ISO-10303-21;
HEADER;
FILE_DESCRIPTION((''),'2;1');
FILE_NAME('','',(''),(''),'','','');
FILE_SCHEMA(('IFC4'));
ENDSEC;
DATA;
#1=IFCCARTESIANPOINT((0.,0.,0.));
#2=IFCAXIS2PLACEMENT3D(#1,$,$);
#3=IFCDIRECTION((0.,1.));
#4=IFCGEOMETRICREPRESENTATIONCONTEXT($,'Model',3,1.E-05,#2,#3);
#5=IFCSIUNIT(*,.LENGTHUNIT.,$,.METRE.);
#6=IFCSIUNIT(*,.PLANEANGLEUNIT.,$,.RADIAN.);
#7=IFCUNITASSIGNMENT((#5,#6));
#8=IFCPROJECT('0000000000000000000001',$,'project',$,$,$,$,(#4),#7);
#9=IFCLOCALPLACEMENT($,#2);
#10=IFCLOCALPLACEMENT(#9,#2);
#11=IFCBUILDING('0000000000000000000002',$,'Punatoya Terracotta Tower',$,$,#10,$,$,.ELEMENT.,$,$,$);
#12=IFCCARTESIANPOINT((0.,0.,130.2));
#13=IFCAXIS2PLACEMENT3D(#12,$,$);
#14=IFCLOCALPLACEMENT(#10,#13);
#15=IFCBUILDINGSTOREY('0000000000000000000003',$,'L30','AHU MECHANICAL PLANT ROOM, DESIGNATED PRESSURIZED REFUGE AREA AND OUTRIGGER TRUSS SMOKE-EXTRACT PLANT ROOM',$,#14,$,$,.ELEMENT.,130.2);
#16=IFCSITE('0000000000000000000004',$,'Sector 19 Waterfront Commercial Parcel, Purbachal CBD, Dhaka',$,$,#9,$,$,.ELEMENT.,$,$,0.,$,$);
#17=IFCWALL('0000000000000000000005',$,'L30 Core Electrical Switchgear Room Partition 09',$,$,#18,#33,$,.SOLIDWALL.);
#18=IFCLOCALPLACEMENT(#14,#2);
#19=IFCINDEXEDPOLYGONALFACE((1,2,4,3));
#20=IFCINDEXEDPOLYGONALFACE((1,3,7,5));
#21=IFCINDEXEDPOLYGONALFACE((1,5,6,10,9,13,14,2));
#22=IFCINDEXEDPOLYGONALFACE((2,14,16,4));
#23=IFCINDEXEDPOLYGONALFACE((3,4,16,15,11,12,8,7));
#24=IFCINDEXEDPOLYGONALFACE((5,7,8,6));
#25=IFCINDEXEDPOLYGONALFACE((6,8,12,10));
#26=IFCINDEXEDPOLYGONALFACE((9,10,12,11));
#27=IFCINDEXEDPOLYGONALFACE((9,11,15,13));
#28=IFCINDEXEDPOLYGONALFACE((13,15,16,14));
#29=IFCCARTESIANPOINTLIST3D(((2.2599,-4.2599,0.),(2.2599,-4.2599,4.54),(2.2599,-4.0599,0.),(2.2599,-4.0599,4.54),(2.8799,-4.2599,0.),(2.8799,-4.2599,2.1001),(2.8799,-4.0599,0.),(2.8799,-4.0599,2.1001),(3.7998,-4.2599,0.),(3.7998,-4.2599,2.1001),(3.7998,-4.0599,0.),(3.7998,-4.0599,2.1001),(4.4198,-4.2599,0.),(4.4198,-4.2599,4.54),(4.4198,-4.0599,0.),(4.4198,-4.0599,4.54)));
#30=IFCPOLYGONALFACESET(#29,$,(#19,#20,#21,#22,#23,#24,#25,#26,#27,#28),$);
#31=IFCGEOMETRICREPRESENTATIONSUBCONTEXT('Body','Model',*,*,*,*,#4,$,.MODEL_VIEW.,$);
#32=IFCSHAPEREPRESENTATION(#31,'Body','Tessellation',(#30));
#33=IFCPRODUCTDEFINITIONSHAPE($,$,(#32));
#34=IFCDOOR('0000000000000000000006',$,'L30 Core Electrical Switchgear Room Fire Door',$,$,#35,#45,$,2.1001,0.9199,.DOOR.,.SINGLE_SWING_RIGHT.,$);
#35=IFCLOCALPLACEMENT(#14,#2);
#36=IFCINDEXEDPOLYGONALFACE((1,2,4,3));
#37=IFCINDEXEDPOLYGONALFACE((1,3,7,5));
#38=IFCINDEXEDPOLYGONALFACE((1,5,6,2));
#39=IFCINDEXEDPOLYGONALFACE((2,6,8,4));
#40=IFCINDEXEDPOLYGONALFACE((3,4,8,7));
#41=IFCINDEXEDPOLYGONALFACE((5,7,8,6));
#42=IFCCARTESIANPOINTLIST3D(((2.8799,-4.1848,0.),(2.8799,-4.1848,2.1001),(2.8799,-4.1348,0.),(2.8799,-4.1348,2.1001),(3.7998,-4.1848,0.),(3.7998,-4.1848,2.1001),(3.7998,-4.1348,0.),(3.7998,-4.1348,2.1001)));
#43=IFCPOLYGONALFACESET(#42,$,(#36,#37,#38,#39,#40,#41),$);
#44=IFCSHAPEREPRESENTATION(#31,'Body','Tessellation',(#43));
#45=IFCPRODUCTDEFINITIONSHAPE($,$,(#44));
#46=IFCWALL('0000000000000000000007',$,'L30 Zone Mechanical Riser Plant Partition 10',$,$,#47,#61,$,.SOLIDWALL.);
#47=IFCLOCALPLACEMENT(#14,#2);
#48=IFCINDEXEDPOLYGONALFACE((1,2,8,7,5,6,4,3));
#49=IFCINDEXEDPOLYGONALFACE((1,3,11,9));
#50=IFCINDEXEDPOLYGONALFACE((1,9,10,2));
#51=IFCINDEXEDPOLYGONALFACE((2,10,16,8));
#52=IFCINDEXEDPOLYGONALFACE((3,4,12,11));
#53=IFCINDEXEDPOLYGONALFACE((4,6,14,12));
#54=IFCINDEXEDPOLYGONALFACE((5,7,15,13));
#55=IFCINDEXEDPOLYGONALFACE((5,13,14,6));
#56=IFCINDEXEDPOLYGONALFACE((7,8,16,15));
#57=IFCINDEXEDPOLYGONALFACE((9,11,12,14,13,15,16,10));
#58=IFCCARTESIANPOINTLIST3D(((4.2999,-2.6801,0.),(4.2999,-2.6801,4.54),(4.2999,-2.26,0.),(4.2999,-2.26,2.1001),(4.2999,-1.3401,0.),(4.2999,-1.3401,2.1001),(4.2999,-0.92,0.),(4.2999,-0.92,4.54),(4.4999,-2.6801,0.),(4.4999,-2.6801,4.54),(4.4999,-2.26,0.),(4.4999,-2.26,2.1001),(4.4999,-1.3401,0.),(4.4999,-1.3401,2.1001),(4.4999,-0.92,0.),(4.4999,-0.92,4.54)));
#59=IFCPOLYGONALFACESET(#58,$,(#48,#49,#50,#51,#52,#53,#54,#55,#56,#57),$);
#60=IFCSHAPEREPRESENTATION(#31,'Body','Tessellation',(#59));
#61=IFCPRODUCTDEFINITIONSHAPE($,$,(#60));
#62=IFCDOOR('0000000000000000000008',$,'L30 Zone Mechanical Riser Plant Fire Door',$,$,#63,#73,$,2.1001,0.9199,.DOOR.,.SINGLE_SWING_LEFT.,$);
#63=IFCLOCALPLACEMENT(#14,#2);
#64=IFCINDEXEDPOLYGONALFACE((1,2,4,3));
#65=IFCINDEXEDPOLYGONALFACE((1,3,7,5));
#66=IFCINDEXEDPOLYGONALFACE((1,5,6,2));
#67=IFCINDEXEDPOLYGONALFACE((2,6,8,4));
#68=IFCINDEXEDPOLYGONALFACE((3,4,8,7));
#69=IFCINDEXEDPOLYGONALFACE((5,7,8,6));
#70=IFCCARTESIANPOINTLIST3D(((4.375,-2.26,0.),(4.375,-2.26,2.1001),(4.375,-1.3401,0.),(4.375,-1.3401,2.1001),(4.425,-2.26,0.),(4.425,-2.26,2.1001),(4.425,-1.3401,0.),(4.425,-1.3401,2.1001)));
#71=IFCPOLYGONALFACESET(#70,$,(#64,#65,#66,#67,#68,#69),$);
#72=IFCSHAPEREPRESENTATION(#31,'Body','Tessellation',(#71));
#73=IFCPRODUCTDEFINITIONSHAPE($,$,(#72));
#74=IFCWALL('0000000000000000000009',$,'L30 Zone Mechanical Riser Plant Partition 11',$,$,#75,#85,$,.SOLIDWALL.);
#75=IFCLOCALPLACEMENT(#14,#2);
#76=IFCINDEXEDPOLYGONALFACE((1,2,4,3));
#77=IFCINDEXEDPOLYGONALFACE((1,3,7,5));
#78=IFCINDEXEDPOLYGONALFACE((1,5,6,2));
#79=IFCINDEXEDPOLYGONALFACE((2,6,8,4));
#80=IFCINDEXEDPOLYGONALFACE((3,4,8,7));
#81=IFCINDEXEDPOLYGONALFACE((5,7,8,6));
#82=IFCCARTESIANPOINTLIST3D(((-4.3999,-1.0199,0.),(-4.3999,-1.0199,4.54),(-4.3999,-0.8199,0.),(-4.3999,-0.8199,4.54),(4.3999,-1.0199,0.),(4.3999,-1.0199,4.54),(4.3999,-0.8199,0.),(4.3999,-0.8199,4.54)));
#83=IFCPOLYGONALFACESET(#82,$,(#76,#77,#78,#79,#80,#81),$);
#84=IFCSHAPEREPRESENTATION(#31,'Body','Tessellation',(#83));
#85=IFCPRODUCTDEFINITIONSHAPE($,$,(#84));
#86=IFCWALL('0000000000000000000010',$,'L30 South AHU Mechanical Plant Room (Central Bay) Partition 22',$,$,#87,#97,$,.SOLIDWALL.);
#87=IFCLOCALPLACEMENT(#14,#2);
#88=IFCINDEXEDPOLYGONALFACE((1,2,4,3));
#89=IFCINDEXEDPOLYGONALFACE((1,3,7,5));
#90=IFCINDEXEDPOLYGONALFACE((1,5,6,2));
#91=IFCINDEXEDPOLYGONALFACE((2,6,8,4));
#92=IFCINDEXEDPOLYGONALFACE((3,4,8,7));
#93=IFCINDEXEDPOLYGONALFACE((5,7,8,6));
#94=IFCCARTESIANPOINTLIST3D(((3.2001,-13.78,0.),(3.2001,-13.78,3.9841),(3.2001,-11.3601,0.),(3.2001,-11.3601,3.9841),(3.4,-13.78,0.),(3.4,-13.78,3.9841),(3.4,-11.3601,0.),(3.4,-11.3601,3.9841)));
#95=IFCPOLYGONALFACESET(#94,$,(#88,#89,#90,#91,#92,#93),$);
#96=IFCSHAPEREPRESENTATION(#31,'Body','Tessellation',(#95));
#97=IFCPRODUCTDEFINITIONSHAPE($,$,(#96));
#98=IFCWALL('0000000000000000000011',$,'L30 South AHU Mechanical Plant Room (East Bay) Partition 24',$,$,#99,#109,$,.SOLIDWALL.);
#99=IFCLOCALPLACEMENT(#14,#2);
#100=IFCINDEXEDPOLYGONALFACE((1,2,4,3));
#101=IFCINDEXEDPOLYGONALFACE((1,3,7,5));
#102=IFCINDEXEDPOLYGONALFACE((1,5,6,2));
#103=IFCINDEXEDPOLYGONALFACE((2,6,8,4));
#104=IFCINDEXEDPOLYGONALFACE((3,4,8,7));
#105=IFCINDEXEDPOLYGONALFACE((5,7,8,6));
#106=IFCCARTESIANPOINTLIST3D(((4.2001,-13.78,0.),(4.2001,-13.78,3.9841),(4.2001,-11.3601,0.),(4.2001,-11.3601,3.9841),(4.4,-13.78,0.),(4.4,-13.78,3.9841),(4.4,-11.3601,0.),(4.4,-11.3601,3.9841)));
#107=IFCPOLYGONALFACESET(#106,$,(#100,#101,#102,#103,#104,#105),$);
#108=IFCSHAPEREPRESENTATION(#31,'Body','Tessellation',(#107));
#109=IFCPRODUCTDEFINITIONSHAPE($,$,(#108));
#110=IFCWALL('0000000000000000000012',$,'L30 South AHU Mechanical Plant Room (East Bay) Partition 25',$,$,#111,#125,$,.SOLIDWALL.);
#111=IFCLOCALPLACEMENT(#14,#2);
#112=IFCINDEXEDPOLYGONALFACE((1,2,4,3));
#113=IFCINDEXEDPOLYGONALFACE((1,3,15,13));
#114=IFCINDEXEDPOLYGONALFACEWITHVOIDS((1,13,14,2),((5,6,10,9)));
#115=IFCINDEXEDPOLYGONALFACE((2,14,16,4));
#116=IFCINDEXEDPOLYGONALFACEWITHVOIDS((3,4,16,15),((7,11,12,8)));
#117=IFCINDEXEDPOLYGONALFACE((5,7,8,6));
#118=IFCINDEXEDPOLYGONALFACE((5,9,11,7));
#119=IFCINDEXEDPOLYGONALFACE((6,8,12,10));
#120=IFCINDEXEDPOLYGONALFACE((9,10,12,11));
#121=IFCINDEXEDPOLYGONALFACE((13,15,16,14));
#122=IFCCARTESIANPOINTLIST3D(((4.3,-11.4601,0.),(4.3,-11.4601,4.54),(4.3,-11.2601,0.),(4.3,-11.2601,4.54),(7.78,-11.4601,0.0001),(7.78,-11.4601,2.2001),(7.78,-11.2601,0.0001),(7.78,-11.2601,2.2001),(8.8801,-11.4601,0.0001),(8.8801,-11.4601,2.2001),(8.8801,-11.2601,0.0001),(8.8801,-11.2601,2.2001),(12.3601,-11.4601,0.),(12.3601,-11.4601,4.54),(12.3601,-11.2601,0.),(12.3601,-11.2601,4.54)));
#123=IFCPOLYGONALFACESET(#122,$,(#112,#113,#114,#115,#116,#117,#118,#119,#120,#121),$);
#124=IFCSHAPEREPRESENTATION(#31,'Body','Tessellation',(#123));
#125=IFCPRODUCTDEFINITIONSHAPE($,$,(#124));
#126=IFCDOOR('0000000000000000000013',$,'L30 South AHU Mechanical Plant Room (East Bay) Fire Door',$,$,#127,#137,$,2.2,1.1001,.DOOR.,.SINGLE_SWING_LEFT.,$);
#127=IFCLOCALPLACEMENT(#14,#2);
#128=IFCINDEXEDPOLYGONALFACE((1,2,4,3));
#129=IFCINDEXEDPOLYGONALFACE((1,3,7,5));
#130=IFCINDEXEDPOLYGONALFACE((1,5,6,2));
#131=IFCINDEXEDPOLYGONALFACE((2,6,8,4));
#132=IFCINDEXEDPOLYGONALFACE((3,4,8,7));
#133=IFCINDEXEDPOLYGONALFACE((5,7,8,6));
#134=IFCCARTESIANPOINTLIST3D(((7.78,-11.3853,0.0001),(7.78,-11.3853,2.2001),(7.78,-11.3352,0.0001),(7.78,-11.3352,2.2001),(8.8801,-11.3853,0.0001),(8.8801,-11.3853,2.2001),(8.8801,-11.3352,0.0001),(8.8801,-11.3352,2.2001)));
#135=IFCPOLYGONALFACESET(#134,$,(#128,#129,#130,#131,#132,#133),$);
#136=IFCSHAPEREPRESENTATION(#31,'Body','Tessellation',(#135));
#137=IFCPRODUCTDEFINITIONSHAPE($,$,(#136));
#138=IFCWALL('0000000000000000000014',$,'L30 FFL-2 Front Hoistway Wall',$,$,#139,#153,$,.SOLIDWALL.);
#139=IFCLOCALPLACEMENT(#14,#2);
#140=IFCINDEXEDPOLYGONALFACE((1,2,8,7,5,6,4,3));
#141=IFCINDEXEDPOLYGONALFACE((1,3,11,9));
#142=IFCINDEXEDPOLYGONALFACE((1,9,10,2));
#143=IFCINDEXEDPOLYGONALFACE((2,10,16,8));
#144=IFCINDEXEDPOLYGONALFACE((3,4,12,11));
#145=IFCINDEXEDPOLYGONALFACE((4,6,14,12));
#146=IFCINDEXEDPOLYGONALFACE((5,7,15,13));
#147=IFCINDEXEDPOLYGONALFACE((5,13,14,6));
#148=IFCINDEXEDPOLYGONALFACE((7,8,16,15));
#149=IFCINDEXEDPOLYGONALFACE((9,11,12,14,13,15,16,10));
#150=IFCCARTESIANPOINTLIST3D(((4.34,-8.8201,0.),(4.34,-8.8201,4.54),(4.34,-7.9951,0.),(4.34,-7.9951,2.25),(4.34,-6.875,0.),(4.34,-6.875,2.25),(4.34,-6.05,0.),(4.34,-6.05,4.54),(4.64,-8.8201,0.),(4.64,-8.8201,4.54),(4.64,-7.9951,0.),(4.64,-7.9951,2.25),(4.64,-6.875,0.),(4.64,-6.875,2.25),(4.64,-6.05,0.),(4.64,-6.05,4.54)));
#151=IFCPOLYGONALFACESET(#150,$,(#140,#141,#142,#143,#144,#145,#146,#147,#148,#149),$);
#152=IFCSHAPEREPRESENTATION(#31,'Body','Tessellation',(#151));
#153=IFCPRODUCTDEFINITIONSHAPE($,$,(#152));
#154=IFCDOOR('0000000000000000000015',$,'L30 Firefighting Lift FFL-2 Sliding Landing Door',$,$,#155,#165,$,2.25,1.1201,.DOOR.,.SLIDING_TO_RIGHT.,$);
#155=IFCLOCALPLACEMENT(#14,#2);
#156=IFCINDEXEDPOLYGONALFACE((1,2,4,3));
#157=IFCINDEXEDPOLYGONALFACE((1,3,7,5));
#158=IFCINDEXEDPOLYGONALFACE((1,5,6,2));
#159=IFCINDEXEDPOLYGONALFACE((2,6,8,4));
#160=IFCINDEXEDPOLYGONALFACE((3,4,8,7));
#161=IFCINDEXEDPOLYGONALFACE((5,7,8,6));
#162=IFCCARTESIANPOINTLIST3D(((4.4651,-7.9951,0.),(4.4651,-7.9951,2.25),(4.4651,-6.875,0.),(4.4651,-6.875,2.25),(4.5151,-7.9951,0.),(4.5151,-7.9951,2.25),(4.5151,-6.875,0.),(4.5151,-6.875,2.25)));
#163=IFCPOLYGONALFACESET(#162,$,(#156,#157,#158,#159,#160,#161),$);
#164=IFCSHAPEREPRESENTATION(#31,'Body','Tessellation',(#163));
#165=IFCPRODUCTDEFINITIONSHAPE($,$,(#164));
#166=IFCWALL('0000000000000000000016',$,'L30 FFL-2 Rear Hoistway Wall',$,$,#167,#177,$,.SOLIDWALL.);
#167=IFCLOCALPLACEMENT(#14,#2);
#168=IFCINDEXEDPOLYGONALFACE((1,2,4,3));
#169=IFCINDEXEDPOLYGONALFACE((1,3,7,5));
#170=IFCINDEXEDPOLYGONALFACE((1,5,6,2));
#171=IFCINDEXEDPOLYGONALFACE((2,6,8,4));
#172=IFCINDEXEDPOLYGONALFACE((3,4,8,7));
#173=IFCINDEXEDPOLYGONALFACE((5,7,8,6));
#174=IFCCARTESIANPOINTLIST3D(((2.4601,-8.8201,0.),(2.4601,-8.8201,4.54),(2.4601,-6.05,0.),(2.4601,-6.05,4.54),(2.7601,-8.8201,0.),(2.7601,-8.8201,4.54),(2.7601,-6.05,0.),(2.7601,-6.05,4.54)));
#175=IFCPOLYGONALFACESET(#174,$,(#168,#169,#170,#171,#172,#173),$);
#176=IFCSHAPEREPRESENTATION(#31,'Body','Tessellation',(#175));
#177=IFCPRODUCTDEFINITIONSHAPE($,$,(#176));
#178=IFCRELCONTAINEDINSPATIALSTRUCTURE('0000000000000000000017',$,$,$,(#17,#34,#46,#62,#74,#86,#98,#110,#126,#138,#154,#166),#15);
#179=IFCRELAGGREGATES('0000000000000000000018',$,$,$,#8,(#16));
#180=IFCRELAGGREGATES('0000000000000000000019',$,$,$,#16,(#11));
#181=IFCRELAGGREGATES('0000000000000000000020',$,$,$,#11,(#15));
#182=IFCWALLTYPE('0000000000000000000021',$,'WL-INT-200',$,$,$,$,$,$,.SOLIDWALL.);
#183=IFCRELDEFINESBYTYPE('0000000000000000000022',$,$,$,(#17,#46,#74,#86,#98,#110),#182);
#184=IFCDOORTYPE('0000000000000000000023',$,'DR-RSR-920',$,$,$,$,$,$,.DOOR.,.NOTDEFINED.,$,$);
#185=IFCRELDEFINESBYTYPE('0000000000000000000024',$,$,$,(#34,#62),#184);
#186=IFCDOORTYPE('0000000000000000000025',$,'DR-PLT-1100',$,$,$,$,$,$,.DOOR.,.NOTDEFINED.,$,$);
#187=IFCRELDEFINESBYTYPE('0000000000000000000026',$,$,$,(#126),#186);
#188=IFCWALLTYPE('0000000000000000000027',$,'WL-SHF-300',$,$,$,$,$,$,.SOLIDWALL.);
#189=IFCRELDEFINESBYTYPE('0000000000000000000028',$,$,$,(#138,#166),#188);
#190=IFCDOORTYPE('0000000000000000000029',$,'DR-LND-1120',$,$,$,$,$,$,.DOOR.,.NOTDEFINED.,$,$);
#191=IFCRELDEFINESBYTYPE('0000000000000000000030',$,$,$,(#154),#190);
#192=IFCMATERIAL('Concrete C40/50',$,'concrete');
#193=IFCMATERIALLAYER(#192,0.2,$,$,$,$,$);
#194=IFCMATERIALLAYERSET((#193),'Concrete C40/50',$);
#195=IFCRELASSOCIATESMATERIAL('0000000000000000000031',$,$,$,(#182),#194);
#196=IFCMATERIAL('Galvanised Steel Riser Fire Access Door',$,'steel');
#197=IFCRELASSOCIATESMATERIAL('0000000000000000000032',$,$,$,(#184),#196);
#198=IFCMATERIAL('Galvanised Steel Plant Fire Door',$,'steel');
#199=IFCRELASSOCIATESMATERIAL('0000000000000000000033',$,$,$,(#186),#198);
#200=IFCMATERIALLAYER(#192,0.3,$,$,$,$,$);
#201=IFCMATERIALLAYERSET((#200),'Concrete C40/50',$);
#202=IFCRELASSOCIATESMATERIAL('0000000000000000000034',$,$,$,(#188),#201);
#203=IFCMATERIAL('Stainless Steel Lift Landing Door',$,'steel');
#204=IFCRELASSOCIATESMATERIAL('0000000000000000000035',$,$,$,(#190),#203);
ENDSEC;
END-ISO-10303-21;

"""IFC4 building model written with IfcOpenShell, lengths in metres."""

from ifc_helpers import new_model, si_unit, direction, frame, frame_2d, origin, place, context, subcontext, project, spatial, rectangle, extrude, material, layer, layer_set, type_object, element, fill, save


model = new_model("IFC4")

# Units and contexts
model_context = context("Model", 3, precision=1e-05, world=origin(), true_north=direction((0.0, 1.0)))
body_context = subcontext(model_context, "Body", "Model", "MODEL_VIEW")
ifc_project = project(units=[si_unit("LENGTHUNIT", "METRE"), si_unit("PLANEANGLEUNIT", "RADIAN")], contexts=[model_context])

# Site, building, storey
site_placement = place(None, origin())
site = spatial("IfcSite", under=ifc_project, at=site_placement, Name="Sector 19 Waterfront Commercial Parcel, Purbachal CBD, Dhaka", CompositionType="ELEMENT", RefElevation=0.0)
building_placement = place(site_placement, origin())
building = spatial("IfcBuilding", under=site, at=building_placement, Name="Punatoya Terracotta Tower", CompositionType="ELEMENT")
storey_placement = place(building_placement, frame((0.0, 0.0, 130.2)))
storey = spatial("IfcBuildingStorey", under=building, at=storey_placement, Name="L30", Description="AHU MECHANICAL PLANT ROOM, DESIGNATED PRESSURIZED REFUGE AREA AND OUTRIGGER TRUSS SMOKE-EXTRACT PLANT ROOM", CompositionType="ELEMENT", Elevation=130.2)

# Shared definitions
ifc_material_1 = material(Name="Concrete C40/50", Category="concrete")

# Shared definitions
ifc_layer_1 = layer(ifc_material_1, 0.2)
ifc_layer_set_1 = layer_set([ifc_layer_1], Name="Concrete C40/50")
wall_type_1 = type_object("IfcWallType", Name="WL-INT-200", PredefinedType="SOLIDWALL", material=ifc_layer_set_1)

# Walls, openings, doors
wall_1_placement = place(storey_placement, frame((4.4199, -4.1599, 0.0), z_axis=(0.0, 0.0, 1.0), x_axis=(-1.0, 0.0, 0.0)))
wall_1 = element("IfcWall", 1, at=wall_1_placement, inside=storey, type_object=wall_type_1, Name="L30 Core Electrical Switchgear Room Partition 09", PredefinedType="SOLIDWALL", context=body_context, shape_type="SweptSolid", body=[
    extrude(rectangle(XDim=2.1599, YDim=0.2, at=frame_2d((1.0801, 0.0))), origin(), (0.0, 0.0, 1.0), 4.54),
])
opening_1_placement = place(wall_1_placement, frame((0.6201, 0.0, 0.0)))
opening_1 = element("IfcOpeningElement", 2, at=opening_1_placement, cuts=wall_1, PredefinedType="OPENING", context=body_context, shape_type="SweptSolid", body=[
    extrude(rectangle(XDim=0.9199, YDim=2.1001, at=frame_2d((0.46, 1.05))), frame((0.0, 0.1099, 0.0), z_axis=(0.0, -1.0, 0.0), x_axis=(1.0, 0.0, 0.0)), (0.0, 0.0, 1.0), 0.22),
])
ifc_material_2 = material(Name="Galvanised Steel Riser Fire Access Door", Category="steel")
door_type_1 = type_object("IfcDoorType", Name="DR-RSR-920", OperationType="NOTDEFINED", PredefinedType="DOOR", material=ifc_material_2)
door_1_placement = place(opening_1_placement, origin())
door_1 = element("IfcDoor", 3, at=door_1_placement, inside=storey, type_object=door_type_1, Name="L30 Core Electrical Switchgear Room Fire Door", OperationType="SINGLE_SWING_RIGHT", OverallHeight=2.1001, OverallWidth=0.9199, PredefinedType="DOOR", context=body_context, shape_type="SweptSolid", body=[
    extrude(rectangle(XDim=0.9199, YDim=2.1001, at=frame_2d((0.46, 1.05))), frame((0.0, 0.0249, 0.0), z_axis=(0.0, -1.0, 0.0), x_axis=(1.0, 0.0, 0.0)), (0.0, 0.0, 1.0), 0.05),
])
fill(opening_1, door_1)
wall_2_placement = place(storey_placement, frame((4.3999, -2.6799, 0.0), z_axis=(0.0, 0.0, 1.0), x_axis=(0.0, 1.0, 0.0)))
wall_2 = element("IfcWall", 4, at=wall_2_placement, inside=storey, type_object=wall_type_1, Name="L30 Zone Mechanical Riser Plant Partition 10", PredefinedType="SOLIDWALL", context=body_context, shape_type="SweptSolid", body=[
    extrude(rectangle(XDim=1.76, YDim=0.2, at=frame_2d((0.8799, 0.0))), origin(), (0.0, 0.0, 1.0), 4.54),
])
opening_2_placement = place(wall_2_placement, frame((0.4199, 0.0, 0.0)))
opening_2 = element("IfcOpeningElement", 5, at=opening_2_placement, cuts=wall_2, PredefinedType="OPENING", context=body_context, shape_type="SweptSolid", body=[
    extrude(rectangle(XDim=0.9199, YDim=2.1001, at=frame_2d((0.46, 1.05))), frame((0.0, 0.1099, 0.0), z_axis=(0.0, -1.0, 0.0), x_axis=(1.0, 0.0, 0.0)), (0.0, 0.0, 1.0), 0.22),
])
door_2_placement = place(opening_2_placement, origin())
door_2 = element("IfcDoor", 6, at=door_2_placement, inside=storey, type_object=door_type_1, Name="L30 Zone Mechanical Riser Plant Fire Door", OperationType="SINGLE_SWING_LEFT", OverallHeight=2.1001, OverallWidth=0.9199, PredefinedType="DOOR", context=body_context, shape_type="SweptSolid", body=[
    extrude(rectangle(XDim=0.9199, YDim=2.1001, at=frame_2d((0.46, 1.05))), frame((0.0, 0.0249, 0.0), z_axis=(0.0, -1.0, 0.0), x_axis=(1.0, 0.0, 0.0)), (0.0, 0.0, 1.0), 0.05),
])
fill(opening_2, door_2)

# Walls
wall_3_placement = place(storey_placement, frame((4.3999, -0.9199, 0.0), z_axis=(0.0, 0.0, 1.0), x_axis=(-1.0, 0.0, 0.0)))
element("IfcWall", 7, at=wall_3_placement, inside=storey, type_object=wall_type_1, Name="L30 Zone Mechanical Riser Plant Partition 11", PredefinedType="SOLIDWALL", context=body_context, shape_type="SweptSolid", body=[
    extrude(rectangle(XDim=8.7998, YDim=0.2, at=frame_2d((4.3999, 0.0))), origin(), (0.0, 0.0, 1.0), 4.54),
])
for number, where, z_axis, x_axis, name in (
    (8, (3.3, -11.3601, 0.0), (0.0, 0.0, 1.0), (0.0, -1.0, 0.0), "L30 South AHU Mechanical Plant Room (Central Bay) Partition 22"),
    (9, (4.3, -13.78, 0.0), (0.0, 0.0, 1.0), (0.0, 1.0, 0.0), "L30 South AHU Mechanical Plant Room (East Bay) Partition 24"),
):
    element("IfcWall", number, at=place(storey_placement, frame(where, z_axis=z_axis, x_axis=x_axis)), inside=storey, type_object=wall_type_1, Name=name, PredefinedType="SOLIDWALL", context=body_context, shape_type="SweptSolid", body=[
        extrude(rectangle(XDim=2.4199, YDim=0.2, at=frame_2d((1.21, 0.0))), origin(), (0.0, 0.0, 1.0), 3.9841),
    ])

# Walls, openings, doors
wall_4_placement = place(storey_placement, frame((4.3, -11.3601, 0.0), z_axis=(0.0, 0.0, 1.0), x_axis=(1.0, 0.0, 0.0)))
wall_4 = element("IfcWall", 10, at=wall_4_placement, inside=storey, type_object=wall_type_1, Name="L30 South AHU Mechanical Plant Room (East Bay) Partition 25", PredefinedType="SOLIDWALL", context=body_context, shape_type="SweptSolid", body=[
    extrude(rectangle(XDim=8.0601, YDim=0.2, at=frame_2d((4.03, 0.0))), origin(), (0.0, 0.0, 1.0), 4.54),
])
opening_3_placement = place(wall_4_placement, frame((3.48, 0.0, 0.0)))
opening_3 = element("IfcOpeningElement", 11, at=opening_3_placement, cuts=wall_4, PredefinedType="OPENING", context=body_context, shape_type="SweptSolid", body=[
    extrude(rectangle(XDim=1.1001, YDim=2.2, at=frame_2d((0.55, 1.1001))), frame((0.0, 0.1099, 0.0), z_axis=(0.0, -1.0, 0.0), x_axis=(1.0, 0.0, 0.0)), (0.0, 0.0, 1.0), 0.22),
])
ifc_material_3 = material(Name="Galvanised Steel Plant Fire Door", Category="steel")
door_type_2 = type_object("IfcDoorType", Name="DR-PLT-1100", OperationType="NOTDEFINED", PredefinedType="DOOR", material=ifc_material_3)
door_3_placement = place(opening_3_placement, origin())
door_3 = element("IfcDoor", 12, at=door_3_placement, inside=storey, type_object=door_type_2, Name="L30 South AHU Mechanical Plant Room (East Bay) Fire Door", OperationType="SINGLE_SWING_LEFT", OverallHeight=2.2, OverallWidth=1.1001, PredefinedType="DOOR", context=body_context, shape_type="SweptSolid", body=[
    extrude(rectangle(XDim=1.1001, YDim=2.2, at=frame_2d((0.55, 1.1001))), frame((0.0, 0.0249, 0.0), z_axis=(0.0, -1.0, 0.0), x_axis=(1.0, 0.0, 0.0)), (0.0, 0.0, 1.0), 0.05),
])
fill(opening_3, door_3)
ifc_layer_2 = layer(ifc_material_1, 0.3)
ifc_layer_set_2 = layer_set([ifc_layer_2], Name="Concrete C40/50")
wall_type_2 = type_object("IfcWallType", Name="WL-SHF-300", PredefinedType="SOLIDWALL", material=ifc_layer_set_2)
wall_5_placement = place(storey_placement, frame((4.49, -8.8201, 0.0), z_axis=(0.0, 0.0, 1.0), x_axis=(0.0, 1.0, 0.0)))
wall_5 = element("IfcWall", 13, at=wall_5_placement, inside=storey, type_object=wall_type_2, Name="L30 FFL-2 Front Hoistway Wall", PredefinedType="SOLIDWALL", context=body_context, shape_type="SweptSolid", body=[
    extrude(rectangle(XDim=2.77, YDim=0.3, at=frame_2d((1.385, 0.0))), origin(), (0.0, 0.0, 1.0), 4.54),
])
opening_4_placement = place(wall_5_placement, frame((0.825, 0.0, 0.0)))
opening_4 = element("IfcOpeningElement", 14, at=opening_4_placement, cuts=wall_5, PredefinedType="OPENING", context=body_context, shape_type="SweptSolid", body=[
    extrude(rectangle(XDim=1.1201, YDim=2.25, at=frame_2d((0.5601, 1.125))), frame((0.0, 0.1599, 0.0), z_axis=(0.0, -1.0, 0.0), x_axis=(1.0, 0.0, 0.0)), (0.0, 0.0, 1.0), 0.3201),
])
ifc_material_4 = material(Name="Stainless Steel Lift Landing Door", Category="steel")
door_type_3 = type_object("IfcDoorType", Name="DR-LND-1120", OperationType="NOTDEFINED", PredefinedType="DOOR", material=ifc_material_4)
door_4_placement = place(opening_4_placement, origin())
door_4 = element("IfcDoor", 15, at=door_4_placement, inside=storey, type_object=door_type_3, Name="L30 Firefighting Lift FFL-2 Sliding Landing Door", OperationType="SLIDING_TO_RIGHT", OverallHeight=2.25, OverallWidth=1.1201, PredefinedType="DOOR", context=body_context, shape_type="SweptSolid", body=[
    extrude(rectangle(XDim=1.1201, YDim=2.25, at=frame_2d((0.5601, 1.125))), frame((0.0, 0.0249, 0.0), z_axis=(0.0, -1.0, 0.0), x_axis=(1.0, 0.0, 0.0)), (0.0, 0.0, 1.0), 0.05),
])
fill(opening_4, door_4)

# Wall
wall_6_placement = place(storey_placement, frame((2.6101, -8.8201, 0.0), z_axis=(0.0, 0.0, 1.0), x_axis=(0.0, 1.0, 0.0)))
element("IfcWall", 16, at=wall_6_placement, inside=storey, type_object=wall_type_2, Name="L30 FFL-2 Rear Hoistway Wall", PredefinedType="SOLIDWALL", context=body_context, shape_type="SweptSolid", body=[
    extrude(rectangle(XDim=2.77, YDim=0.3, at=frame_2d((1.385, 0.0))), origin(), (0.0, 0.0, 1.0), 4.54),
])

save(model, "model.ifc")
